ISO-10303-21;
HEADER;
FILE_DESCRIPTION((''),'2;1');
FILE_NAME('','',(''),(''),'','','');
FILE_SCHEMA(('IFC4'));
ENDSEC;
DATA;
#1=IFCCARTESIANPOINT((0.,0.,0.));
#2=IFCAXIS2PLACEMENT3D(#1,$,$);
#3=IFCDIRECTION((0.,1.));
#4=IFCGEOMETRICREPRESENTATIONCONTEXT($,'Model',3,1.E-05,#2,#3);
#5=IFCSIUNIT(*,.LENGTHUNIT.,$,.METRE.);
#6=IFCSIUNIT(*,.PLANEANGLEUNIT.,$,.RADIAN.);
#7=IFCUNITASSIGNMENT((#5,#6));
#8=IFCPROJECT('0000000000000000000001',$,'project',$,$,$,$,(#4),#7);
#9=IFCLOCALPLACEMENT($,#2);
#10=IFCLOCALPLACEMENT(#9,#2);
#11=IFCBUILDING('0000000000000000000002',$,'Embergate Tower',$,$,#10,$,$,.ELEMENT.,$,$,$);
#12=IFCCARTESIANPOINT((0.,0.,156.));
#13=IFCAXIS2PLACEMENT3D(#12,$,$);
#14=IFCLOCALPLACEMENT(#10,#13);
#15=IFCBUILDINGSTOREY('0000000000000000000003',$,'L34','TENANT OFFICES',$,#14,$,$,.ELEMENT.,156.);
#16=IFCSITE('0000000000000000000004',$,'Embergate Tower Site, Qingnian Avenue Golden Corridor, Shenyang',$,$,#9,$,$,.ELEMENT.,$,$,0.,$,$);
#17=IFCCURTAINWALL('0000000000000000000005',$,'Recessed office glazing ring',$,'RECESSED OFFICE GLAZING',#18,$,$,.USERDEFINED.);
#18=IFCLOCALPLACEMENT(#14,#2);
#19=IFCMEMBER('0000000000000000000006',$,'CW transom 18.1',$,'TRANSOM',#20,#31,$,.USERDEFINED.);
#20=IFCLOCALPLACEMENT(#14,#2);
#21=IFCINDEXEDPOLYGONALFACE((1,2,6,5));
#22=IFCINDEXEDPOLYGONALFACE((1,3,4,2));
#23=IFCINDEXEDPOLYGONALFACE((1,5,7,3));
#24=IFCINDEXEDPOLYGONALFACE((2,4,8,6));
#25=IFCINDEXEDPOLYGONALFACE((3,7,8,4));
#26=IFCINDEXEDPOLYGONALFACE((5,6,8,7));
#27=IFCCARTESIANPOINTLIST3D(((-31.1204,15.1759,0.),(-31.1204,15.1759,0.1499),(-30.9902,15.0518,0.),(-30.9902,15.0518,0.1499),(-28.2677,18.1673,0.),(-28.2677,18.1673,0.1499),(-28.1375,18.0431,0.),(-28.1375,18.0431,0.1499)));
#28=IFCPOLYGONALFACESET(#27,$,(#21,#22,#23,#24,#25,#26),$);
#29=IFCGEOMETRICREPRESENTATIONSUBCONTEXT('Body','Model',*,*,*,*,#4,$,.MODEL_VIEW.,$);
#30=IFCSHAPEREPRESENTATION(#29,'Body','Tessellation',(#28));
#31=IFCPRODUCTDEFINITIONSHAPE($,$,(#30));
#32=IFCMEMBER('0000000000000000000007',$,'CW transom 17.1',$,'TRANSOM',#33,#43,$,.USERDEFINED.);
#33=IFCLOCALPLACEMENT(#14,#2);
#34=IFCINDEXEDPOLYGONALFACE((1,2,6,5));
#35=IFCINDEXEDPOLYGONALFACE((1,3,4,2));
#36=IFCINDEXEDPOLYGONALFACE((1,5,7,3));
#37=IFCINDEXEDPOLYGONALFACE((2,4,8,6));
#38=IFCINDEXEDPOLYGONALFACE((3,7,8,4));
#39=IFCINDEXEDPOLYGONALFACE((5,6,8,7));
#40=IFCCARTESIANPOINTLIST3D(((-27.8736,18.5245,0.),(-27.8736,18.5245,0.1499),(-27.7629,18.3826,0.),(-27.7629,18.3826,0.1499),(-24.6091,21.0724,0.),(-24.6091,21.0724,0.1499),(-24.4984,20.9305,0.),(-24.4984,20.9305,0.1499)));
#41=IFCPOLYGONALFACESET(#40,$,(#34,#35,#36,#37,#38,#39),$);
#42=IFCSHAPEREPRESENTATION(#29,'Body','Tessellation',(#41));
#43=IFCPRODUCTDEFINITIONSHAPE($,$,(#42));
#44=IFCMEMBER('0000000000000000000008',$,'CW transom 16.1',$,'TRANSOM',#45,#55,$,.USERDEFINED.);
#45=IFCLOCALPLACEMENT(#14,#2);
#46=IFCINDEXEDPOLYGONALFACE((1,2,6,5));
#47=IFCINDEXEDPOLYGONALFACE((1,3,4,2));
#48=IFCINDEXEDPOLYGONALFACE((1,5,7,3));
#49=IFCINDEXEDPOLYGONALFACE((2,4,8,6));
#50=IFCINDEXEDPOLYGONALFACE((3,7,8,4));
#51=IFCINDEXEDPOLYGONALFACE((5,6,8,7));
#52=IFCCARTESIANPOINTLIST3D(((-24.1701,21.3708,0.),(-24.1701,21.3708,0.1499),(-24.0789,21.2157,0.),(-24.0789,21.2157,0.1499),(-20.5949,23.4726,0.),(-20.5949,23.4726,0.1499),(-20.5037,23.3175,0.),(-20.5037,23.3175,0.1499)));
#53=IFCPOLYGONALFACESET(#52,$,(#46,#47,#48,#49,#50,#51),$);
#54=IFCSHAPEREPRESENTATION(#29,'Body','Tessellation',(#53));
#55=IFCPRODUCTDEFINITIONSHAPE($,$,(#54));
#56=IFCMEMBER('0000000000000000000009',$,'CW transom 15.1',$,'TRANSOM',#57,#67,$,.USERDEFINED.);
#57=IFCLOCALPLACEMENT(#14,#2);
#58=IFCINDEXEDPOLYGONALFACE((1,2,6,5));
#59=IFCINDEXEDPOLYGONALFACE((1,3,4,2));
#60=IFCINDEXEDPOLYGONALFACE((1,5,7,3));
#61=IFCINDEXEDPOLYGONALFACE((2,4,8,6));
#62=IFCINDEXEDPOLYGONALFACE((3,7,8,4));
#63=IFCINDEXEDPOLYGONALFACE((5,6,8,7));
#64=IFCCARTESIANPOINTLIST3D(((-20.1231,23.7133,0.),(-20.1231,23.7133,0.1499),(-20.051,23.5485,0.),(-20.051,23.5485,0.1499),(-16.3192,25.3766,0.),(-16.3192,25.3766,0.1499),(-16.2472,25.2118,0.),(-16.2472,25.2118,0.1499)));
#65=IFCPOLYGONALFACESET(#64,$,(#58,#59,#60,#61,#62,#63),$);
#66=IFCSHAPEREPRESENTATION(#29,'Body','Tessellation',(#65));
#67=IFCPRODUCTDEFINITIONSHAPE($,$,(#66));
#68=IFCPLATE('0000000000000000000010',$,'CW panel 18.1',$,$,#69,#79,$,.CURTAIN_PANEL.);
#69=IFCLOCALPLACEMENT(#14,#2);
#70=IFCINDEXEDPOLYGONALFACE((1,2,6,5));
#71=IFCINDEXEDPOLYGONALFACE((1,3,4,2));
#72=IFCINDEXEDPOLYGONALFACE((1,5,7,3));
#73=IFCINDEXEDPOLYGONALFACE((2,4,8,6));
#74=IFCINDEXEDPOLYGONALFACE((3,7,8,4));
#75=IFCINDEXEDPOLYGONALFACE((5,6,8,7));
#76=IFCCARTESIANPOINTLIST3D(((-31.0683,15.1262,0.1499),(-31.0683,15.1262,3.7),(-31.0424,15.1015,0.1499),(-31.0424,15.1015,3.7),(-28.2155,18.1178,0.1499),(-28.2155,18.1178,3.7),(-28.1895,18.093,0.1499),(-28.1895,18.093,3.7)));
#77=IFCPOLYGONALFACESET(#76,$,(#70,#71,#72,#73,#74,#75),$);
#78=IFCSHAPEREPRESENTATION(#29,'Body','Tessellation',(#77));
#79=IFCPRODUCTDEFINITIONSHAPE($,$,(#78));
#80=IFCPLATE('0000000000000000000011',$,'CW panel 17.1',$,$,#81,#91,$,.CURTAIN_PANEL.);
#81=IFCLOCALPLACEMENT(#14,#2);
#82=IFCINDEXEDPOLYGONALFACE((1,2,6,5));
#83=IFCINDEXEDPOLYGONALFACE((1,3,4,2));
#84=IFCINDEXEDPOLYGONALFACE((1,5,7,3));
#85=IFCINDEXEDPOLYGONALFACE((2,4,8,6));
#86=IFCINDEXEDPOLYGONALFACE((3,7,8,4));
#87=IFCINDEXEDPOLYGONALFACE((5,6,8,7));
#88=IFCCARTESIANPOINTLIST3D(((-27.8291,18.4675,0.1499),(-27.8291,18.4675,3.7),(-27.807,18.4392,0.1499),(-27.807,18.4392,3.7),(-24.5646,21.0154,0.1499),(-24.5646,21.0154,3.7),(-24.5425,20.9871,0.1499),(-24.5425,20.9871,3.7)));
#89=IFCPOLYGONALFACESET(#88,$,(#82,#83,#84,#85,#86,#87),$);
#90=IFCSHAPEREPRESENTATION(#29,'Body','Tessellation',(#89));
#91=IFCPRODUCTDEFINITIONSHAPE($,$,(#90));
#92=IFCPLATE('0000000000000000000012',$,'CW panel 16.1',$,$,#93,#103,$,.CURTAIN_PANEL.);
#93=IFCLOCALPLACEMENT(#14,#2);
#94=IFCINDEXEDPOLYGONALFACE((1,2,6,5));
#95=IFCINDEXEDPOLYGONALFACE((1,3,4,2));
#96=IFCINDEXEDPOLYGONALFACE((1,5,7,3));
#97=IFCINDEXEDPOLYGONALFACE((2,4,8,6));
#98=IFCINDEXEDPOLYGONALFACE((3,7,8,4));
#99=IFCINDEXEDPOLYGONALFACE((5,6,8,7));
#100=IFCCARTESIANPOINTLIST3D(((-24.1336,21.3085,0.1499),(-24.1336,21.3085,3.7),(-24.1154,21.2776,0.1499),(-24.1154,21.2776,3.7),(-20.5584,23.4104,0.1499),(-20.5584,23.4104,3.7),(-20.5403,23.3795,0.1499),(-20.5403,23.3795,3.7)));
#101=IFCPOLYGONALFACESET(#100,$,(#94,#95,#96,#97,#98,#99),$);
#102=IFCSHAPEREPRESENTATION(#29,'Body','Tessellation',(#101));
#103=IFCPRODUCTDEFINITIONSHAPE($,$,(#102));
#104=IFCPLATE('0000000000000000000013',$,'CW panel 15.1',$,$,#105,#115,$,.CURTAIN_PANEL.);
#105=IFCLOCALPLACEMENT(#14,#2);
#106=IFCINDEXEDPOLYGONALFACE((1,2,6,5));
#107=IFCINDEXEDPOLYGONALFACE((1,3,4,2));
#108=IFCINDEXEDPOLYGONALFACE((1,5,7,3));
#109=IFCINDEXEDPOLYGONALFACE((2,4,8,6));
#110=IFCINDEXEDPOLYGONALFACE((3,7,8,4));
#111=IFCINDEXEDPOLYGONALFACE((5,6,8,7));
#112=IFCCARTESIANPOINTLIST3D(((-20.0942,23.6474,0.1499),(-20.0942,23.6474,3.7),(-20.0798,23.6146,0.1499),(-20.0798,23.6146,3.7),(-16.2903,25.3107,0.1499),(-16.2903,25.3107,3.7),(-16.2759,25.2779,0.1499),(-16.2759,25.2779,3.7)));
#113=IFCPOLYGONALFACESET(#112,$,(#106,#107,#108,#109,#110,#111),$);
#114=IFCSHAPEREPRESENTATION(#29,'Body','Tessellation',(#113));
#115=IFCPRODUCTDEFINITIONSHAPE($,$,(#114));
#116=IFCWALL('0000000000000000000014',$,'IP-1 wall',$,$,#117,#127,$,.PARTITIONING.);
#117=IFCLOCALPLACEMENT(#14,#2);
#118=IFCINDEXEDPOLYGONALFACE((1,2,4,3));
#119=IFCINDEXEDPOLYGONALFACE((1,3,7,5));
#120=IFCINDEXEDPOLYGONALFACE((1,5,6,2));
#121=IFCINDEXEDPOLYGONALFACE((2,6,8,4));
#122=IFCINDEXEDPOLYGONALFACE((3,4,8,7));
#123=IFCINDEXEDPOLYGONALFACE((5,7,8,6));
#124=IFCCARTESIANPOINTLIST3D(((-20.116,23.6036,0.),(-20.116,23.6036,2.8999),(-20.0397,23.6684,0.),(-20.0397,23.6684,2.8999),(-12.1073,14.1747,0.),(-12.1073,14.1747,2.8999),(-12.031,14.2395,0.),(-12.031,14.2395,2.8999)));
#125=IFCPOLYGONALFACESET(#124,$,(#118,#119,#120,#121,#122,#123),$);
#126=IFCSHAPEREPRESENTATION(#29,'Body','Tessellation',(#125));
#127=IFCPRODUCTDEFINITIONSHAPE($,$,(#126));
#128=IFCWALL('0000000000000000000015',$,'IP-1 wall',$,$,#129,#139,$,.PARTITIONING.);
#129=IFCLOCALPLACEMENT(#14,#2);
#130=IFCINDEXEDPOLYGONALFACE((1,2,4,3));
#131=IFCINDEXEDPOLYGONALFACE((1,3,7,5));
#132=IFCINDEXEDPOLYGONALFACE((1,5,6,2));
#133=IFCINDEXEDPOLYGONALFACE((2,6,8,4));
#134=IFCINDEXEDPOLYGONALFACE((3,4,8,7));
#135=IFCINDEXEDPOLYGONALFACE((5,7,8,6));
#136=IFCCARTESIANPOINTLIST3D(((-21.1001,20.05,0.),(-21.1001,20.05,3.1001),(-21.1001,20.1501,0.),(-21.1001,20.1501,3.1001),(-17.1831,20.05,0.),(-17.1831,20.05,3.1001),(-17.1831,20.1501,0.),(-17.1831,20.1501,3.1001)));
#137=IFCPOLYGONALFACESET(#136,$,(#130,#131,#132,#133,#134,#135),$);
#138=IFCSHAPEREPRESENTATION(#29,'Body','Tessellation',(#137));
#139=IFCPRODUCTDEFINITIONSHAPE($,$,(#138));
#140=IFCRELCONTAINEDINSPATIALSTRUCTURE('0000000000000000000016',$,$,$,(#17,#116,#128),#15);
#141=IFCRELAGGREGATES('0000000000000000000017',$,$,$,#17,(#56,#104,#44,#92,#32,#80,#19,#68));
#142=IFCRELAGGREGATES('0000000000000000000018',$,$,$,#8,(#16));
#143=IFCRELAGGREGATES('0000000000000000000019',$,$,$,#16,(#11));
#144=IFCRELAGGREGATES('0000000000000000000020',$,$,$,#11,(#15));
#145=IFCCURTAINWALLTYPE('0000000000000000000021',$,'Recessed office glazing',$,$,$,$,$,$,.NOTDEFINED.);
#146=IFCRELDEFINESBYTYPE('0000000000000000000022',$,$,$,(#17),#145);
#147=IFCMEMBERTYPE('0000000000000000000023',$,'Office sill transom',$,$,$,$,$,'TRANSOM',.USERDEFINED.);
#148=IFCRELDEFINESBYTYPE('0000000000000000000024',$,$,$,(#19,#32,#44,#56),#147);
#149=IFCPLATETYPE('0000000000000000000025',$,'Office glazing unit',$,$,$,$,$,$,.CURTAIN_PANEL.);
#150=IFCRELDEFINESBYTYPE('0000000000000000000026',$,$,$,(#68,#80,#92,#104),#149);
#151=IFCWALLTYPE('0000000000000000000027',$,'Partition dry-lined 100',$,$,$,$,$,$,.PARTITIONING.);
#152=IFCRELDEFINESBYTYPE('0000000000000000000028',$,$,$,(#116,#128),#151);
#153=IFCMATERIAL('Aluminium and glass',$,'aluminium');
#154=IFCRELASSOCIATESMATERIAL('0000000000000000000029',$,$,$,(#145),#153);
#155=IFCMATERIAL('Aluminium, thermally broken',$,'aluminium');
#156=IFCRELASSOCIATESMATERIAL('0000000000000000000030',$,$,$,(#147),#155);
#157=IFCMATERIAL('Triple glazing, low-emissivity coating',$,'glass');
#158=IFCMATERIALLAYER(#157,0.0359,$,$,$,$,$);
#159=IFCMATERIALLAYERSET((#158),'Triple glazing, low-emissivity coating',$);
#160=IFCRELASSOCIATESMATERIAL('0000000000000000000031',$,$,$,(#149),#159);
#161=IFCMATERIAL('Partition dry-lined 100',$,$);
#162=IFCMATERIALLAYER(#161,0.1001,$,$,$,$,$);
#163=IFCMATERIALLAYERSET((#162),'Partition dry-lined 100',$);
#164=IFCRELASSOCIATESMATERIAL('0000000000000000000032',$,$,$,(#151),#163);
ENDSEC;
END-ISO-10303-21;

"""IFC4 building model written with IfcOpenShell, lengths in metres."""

from ifc_helpers import new_model, si_unit, direction, frame, frame_2d, origin, origin_2d, place, context, subcontext, project, spatial, rectangle, extrude, source, transform, mapped, material, layer, layer_set, material_profile, profile_set, type_object, element, aggregate, save


model = new_model("IFC4")

# Units and contexts
model_context = context("Model", 3, precision=1e-05, world=origin(), true_north=direction((0.0, 1.0)))
body_context = subcontext(model_context, "Body", "Model", "MODEL_VIEW")
ifc_project = project(units=[si_unit("LENGTHUNIT", "METRE"), si_unit("PLANEANGLEUNIT", "RADIAN")], contexts=[model_context])

# Site, building, storey
site_placement = place(None, origin())
site = spatial("IfcSite", under=ifc_project, at=site_placement, Name="Embergate Tower Site, Qingnian Avenue Golden Corridor, Shenyang", CompositionType="ELEMENT", RefElevation=0.0)
building_placement = place(site_placement, origin())
building = spatial("IfcBuilding", under=site, at=building_placement, Name="Embergate Tower", CompositionType="ELEMENT")
storey_placement = place(building_placement, frame((0.0, 0.0, 156.0)))
storey = spatial("IfcBuildingStorey", under=building, at=storey_placement, Name="L34", Description="TENANT OFFICES", CompositionType="ELEMENT", Elevation=156.0)

# Curtain wall, members, plates
ifc_material_1 = material(Name="Aluminium and glass", Category="aluminium")
curtain_wall_type = type_object("IfcCurtainWallType", Name="Recessed office glazing", PredefinedType="NOTDEFINED", material=ifc_material_1)
curtain_wall_placement = place(storey_placement, origin())
curtain_wall = element("IfcCurtainWall", 1, at=curtain_wall_placement, inside=storey, type_object=curtain_wall_type, Name="Recessed office glazing ring", ObjectType="RECESSED OFFICE GLAZING", PredefinedType="USERDEFINED")
ifc_material_2 = material(Name="Aluminium, thermally broken", Category="aluminium")
ifc_material_profile_1 = material_profile(ifc_material_2, rectangle(XDim=0.1799, YDim=0.1499, at=origin_2d()), Name="AL 150x180")
ifc_profile_set_1 = profile_set([ifc_material_profile_1], Name="Aluminium, thermally broken")
member_type_1 = type_object("IfcMemberType", Name="Office sill transom", ElementType="TRANSOM", PredefinedType="USERDEFINED", material=ifc_profile_set_1)
shared_shape_1 = source(origin(), body_context, "Body", "SweptSolid", [
    extrude(rectangle(XDim=0.1799, YDim=0.1499, at=origin_2d()), origin(), (0.0, 0.0, 1.0), 4.1335),
])
member_1_placement = place(storey_placement, frame((-28.2026, 18.1052, 0.075), z_axis=(-0.690134, -0.723681, 0.0), x_axis=(0.723681, -0.690134, 0.0)))
member_1 = element("IfcMember", 2, at=member_1_placement, type_object=member_type_1, Name="CW transom 18.1", ObjectType="TRANSOM", PredefinedType="USERDEFINED", context=body_context, shape_type="MappedRepresentation", body=[
    mapped(shared_shape_1, transform((0.0, 0.0, 0.0))),
])
shared_shape_2 = source(origin(), body_context, "Body", "SweptSolid", [
    extrude(rectangle(XDim=0.1799, YDim=0.1499, at=origin_2d()), origin(), (0.0, 0.0, 1.0), 4.1411),
])
member_2_placement = place(storey_placement, frame((-24.5537, 21.0015, 0.075), z_axis=(-0.788313, -0.615274, 0.0), x_axis=(0.615274, -0.788313, 0.0)))
member_2 = element("IfcMember", 3, at=member_2_placement, type_object=member_type_1, Name="CW transom 17.1", ObjectType="TRANSOM", PredefinedType="USERDEFINED", context=body_context, shape_type="MappedRepresentation", body=[
    mapped(shared_shape_2, transform((0.0, 0.0, 0.0))),
])
shared_shape_3 = source(origin(), body_context, "Body", "SweptSolid", [
    extrude(rectangle(XDim=0.1799, YDim=0.1499, at=origin_2d()), origin(), (0.0, 0.0, 1.0), 4.1472),
])
member_3_placement = place(storey_placement, frame((-20.5493, 23.395, 0.075), z_axis=(-0.862066, -0.506796, 0.0), x_axis=(0.506796, -0.862066, 0.0)))
member_3 = element("IfcMember", 4, at=member_3_placement, type_object=member_type_1, Name="CW transom 16.1", ObjectType="TRANSOM", PredefinedType="USERDEFINED", context=body_context, shape_type="MappedRepresentation", body=[
    mapped(shared_shape_3, transform((0.0, 0.0, 0.0))),
])
shared_shape_4 = source(origin(), body_context, "Body", "SweptSolid", [
    extrude(rectangle(XDim=0.1799, YDim=0.1499, at=origin_2d()), origin(), (0.0, 0.0, 1.0), 4.1516),
])
member_4_placement = place(storey_placement, frame((-16.2832, 25.2942, 0.075), z_axis=(-0.916237, -0.400637, 0.0), x_axis=(0.400637, -0.916237, 0.0)))
member_4 = element("IfcMember", 5, at=member_4_placement, type_object=member_type_1, Name="CW transom 15.1", ObjectType="TRANSOM", PredefinedType="USERDEFINED", context=body_context, shape_type="MappedRepresentation", body=[
    mapped(shared_shape_4, transform((0.0, 0.0, 0.0))),
])
ifc_material_3 = material(Name="Triple glazing, low-emissivity coating", Category="glass")
ifc_layer_1 = layer(ifc_material_3, 0.0359)
ifc_layer_set_1 = layer_set([ifc_layer_1], Name="Triple glazing, low-emissivity coating")
plate_type = type_object("IfcPlateType", Name="Office glazing unit", PredefinedType="CURTAIN_PANEL", material=ifc_layer_set_1)
shared_shape_5 = source(origin(), body_context, "Body", "SweptSolid", [
    extrude(rectangle(XDim=4.1338, YDim=0.0359, at=origin_2d()), origin(), (0.0, 0.0, 1.0), 3.55),
])
plate_1_placement = place(storey_placement, frame((-29.6289, 16.6096, 0.1499), z_axis=(0.0, 0.0, 1.0), x_axis=(-0.690135, -0.723681, 0.0)))
plate_1 = element("IfcPlate", 6, at=plate_1_placement, type_object=plate_type, Name="CW panel 18.1", PredefinedType="CURTAIN_PANEL", context=body_context, shape_type="MappedRepresentation", body=[
    mapped(shared_shape_5, transform((0.0, 0.0, 0.0))),
])
shared_shape_6 = source(origin(), body_context, "Body", "SweptSolid", [
    extrude(rectangle(XDim=4.1411, YDim=0.0359, at=origin_2d()), origin(), (0.0, 0.0, 1.0), 3.55),
])
plate_2_placement = place(storey_placement, frame((-26.1858, 19.7273, 0.1499), z_axis=(0.0, 0.0, 1.0), x_axis=(-0.78832, -0.615265, 0.0)))
plate_2 = element("IfcPlate", 7, at=plate_2_placement, type_object=plate_type, Name="CW panel 17.1", PredefinedType="CURTAIN_PANEL", context=body_context, shape_type="MappedRepresentation", body=[
    mapped(shared_shape_6, transform((0.0, 0.0, 0.0))),
])
shared_shape_7 = source(origin(), body_context, "Body", "SweptSolid", [
    extrude(rectangle(XDim=4.1472, YDim=0.0359, at=origin_2d()), origin(), (0.0, 0.0, 1.0), 3.55),
])
plate_3_placement = place(storey_placement, frame((-22.3369, 22.344, 0.1499), z_axis=(0.0, 0.0, 1.0), x_axis=(-0.862053, -0.506818, 0.0)))
plate_3 = element("IfcPlate", 8, at=plate_3_placement, type_object=plate_type, Name="CW panel 16.1", PredefinedType="CURTAIN_PANEL", context=body_context, shape_type="MappedRepresentation", body=[
    mapped(shared_shape_7, transform((0.0, 0.0, 0.0))),
])
shared_shape_8 = source(origin(), body_context, "Body", "SweptSolid", [
    extrude(rectangle(XDim=4.1516, YDim=0.0359, at=origin_2d()), origin(), (0.0, 0.0, 1.0), 3.55),
])
plate_4_placement = place(storey_placement, frame((-18.1851, 24.4626, 0.1499), z_axis=(0.0, 0.0, 1.0), x_axis=(-0.916236, -0.400638, 0.0)))
plate_4 = element("IfcPlate", 9, at=plate_4_placement, type_object=plate_type, Name="CW panel 15.1", PredefinedType="CURTAIN_PANEL", context=body_context, shape_type="MappedRepresentation", body=[
    mapped(shared_shape_8, transform((0.0, 0.0, 0.0))),
])
aggregate(curtain_wall, [member_4, plate_4, member_3, plate_3, member_2, plate_2, member_1, plate_1])

# Walls
ifc_material_4 = material(Name="Partition dry-lined 100")
ifc_layer_2 = layer(ifc_material_4, 0.1001)
ifc_layer_set_2 = layer_set([ifc_layer_2], Name="Partition dry-lined 100")
wall_type = type_object("IfcWallType", Name="Partition dry-lined 100", PredefinedType="PARTITIONING", material=ifc_layer_set_2)
shared_shape_9 = source(origin(), body_context, "Body", "SweptSolid", [
    extrude(rectangle(XDim=12.3711, YDim=0.1001, at=frame_2d((6.1855, 0.0))), origin(), (0.0, 0.0, 1.0), 2.8999),
])
wall_1_placement = place(storey_placement, frame((-20.0779, 23.636, 0.0), z_axis=(0.0, 0.0, 1.0), x_axis=(0.647375, -0.762172, 0.0)))
element("IfcWall", 10, at=wall_1_placement, inside=storey, type_object=wall_type, Name="IP-1 wall", PredefinedType="PARTITIONING", context=body_context, shape_type="MappedRepresentation", body=[
    mapped(shared_shape_9, transform((0.0, 0.0, 0.0))),
])
shared_shape_10 = source(origin(), body_context, "Body", "SweptSolid", [
    extrude(rectangle(XDim=3.917, YDim=0.1001, at=frame_2d((1.9585, 0.0))), origin(), (0.0, 0.0, 1.0), 3.1001),
])
wall_2_placement = place(storey_placement, frame((-21.1001, 20.1001, 0.0), z_axis=(0.0, 0.0, 1.0), x_axis=(1.0, 0.0, 0.0)))
element("IfcWall", 11, at=wall_2_placement, inside=storey, type_object=wall_type, Name="IP-1 wall", PredefinedType="PARTITIONING", context=body_context, shape_type="MappedRepresentation", body=[
    mapped(shared_shape_10, transform((0.0, 0.0, 0.0))),
])

save(model, "model.ifc")
